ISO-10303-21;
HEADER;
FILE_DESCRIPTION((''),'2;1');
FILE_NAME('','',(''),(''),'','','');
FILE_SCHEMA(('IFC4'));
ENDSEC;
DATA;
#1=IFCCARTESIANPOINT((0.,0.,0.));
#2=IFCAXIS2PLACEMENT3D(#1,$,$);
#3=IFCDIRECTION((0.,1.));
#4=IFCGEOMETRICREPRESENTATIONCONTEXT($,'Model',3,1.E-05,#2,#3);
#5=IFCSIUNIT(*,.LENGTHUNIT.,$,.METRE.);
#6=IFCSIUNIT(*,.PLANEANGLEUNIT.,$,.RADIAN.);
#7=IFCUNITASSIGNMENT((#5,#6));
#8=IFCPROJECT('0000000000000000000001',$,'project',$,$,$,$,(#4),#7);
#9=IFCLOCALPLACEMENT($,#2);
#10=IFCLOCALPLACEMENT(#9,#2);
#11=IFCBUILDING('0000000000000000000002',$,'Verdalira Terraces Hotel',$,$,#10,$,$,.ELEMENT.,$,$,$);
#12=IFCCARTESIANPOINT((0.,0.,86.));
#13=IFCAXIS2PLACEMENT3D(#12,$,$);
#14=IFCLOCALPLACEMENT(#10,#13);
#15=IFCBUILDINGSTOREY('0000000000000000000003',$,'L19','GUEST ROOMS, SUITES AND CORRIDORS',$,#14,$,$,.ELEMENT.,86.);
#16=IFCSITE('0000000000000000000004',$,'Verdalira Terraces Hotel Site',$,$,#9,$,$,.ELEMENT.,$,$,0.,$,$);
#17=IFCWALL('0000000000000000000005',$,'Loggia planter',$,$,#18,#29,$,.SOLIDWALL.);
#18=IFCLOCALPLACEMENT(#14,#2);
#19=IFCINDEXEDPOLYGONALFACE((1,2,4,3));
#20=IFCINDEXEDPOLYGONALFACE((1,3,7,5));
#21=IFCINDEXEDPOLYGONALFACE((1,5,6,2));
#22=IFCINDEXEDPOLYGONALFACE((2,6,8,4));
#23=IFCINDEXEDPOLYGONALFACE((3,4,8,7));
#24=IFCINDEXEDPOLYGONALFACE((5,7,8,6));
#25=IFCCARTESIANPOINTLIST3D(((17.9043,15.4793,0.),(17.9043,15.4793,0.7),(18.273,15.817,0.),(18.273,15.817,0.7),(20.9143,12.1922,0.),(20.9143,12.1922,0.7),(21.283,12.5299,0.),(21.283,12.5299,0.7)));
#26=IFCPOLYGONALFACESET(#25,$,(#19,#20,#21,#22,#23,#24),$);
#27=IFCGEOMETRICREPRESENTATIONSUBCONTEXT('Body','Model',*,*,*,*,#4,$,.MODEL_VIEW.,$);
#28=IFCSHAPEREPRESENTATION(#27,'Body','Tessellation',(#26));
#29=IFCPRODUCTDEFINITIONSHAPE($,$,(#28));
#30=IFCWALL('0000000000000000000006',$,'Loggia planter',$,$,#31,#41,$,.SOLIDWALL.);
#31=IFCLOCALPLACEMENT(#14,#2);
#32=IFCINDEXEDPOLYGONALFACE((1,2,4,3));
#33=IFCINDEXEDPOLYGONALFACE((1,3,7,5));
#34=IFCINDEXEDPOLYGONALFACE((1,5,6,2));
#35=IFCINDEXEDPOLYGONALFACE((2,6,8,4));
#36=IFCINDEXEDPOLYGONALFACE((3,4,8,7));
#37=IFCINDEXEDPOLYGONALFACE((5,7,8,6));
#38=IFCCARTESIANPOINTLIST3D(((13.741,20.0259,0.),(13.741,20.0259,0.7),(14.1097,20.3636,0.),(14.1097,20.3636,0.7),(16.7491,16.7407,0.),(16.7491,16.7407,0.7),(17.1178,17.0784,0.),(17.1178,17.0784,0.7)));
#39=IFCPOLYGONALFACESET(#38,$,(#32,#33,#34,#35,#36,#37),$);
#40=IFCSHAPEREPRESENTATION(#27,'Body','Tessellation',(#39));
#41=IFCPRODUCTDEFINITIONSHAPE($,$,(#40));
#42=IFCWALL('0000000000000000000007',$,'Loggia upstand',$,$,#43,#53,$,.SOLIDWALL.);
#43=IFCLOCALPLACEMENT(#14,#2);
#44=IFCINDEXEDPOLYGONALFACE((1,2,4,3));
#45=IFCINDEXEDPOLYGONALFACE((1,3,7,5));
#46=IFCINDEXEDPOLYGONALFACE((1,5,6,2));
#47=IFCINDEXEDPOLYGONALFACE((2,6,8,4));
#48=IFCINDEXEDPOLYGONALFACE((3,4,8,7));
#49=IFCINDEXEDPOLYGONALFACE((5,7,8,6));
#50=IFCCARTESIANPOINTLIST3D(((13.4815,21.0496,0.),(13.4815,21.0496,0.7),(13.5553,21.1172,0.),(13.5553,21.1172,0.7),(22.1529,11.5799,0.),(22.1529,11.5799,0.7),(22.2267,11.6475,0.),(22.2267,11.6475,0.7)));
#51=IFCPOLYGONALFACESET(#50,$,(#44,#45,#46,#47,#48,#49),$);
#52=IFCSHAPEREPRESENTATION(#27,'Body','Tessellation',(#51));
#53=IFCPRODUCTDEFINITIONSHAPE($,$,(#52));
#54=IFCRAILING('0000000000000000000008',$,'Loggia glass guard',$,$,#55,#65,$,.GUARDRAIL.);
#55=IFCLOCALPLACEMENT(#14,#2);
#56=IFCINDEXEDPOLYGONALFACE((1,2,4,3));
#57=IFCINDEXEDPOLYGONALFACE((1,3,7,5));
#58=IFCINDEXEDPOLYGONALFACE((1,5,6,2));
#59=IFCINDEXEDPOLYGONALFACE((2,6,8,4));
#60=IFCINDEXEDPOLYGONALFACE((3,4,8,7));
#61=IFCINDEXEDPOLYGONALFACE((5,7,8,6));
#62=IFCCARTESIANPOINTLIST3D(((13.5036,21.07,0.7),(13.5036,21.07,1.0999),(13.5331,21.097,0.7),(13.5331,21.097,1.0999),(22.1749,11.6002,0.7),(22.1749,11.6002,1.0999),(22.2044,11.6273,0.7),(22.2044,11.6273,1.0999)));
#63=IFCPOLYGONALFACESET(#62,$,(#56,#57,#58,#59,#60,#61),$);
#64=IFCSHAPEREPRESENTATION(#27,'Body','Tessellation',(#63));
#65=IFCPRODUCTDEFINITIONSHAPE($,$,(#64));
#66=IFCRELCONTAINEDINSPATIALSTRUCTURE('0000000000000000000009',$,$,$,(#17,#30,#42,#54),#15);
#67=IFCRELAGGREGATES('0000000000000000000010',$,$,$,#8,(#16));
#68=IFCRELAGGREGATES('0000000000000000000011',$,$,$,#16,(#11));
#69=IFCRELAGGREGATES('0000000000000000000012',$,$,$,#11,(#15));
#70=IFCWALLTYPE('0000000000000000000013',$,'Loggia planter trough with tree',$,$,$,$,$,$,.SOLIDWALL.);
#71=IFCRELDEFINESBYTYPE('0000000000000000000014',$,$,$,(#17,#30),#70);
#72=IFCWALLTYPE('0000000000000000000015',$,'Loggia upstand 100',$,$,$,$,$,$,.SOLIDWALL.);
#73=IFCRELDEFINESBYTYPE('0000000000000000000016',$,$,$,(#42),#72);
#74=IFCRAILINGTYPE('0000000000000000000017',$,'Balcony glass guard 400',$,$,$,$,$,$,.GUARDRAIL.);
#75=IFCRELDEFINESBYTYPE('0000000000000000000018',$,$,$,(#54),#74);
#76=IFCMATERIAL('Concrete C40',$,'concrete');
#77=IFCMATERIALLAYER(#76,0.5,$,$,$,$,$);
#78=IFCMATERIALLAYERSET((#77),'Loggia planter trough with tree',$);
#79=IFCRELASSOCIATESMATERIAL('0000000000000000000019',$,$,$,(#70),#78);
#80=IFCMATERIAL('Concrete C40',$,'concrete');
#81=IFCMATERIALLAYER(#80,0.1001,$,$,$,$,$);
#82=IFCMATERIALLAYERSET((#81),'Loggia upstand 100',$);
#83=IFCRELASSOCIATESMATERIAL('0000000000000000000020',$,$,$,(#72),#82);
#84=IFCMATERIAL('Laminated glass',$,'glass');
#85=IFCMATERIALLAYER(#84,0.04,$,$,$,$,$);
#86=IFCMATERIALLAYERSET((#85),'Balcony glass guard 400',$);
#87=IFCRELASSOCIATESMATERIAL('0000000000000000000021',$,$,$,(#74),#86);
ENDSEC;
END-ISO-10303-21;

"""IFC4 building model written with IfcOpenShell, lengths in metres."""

from ifc_helpers import new_model, si_unit, direction, frame, frame_2d, origin, origin_2d, place, context, subcontext, project, spatial, rectangle, extrude, material, layer, layer_set, type_object, element, save


model = new_model("IFC4")

# Units and contexts
model_context = context("Model", 3, precision=1e-05, world=origin(), true_north=direction((0.0, 1.0)))
body_context = subcontext(model_context, "Body", "Model", "MODEL_VIEW")
ifc_project = project(units=[si_unit("LENGTHUNIT", "METRE"), si_unit("PLANEANGLEUNIT", "RADIAN")], contexts=[model_context])

# Site, building, storey
site_placement = place(None, origin())
site = spatial("IfcSite", under=ifc_project, at=site_placement, Name="Verdalira Terraces Hotel Site", CompositionType="ELEMENT", RefElevation=0.0)
building_placement = place(site_placement, origin())
building = spatial("IfcBuilding", under=site, at=building_placement, Name="Verdalira Terraces Hotel", CompositionType="ELEMENT")
storey_placement = place(building_placement, frame((0.0, 0.0, 86.0)))
storey = spatial("IfcBuildingStorey", under=building, at=storey_placement, Name="L19", Description="GUEST ROOMS, SUITES AND CORRIDORS", CompositionType="ELEMENT", Elevation=86.0)

# Walls
ifc_material_1 = material(Name="Concrete C40", Category="concrete")
ifc_layer_1 = layer(ifc_material_1, 0.5)
ifc_layer_set_1 = layer_set([ifc_layer_1], Name="Loggia planter trough with tree")
wall_type_1 = type_object("IfcWallType", Name="Loggia planter trough with tree", PredefinedType="SOLIDWALL", material=ifc_layer_set_1)
wall_1_placement = place(storey_placement, frame((21.0986, 12.3611, 0.0), z_axis=(0.0, 0.0, 1.0), x_axis=(-0.675338, 0.737509, 0.0)))
element("IfcWall", 1, at=wall_1_placement, inside=storey, type_object=wall_type_1, Name="Loggia planter", PredefinedType="SOLIDWALL", context=body_context, shape_type="SweptSolid", body=[
    extrude(rectangle(XDim=4.457, YDim=0.5, at=frame_2d((2.2285, 0.0))), origin(), (0.0, 0.0, 1.0), 0.7),
])
wall_2_placement = place(storey_placement, frame((16.9334, 16.9097, 0.0), z_axis=(0.0, 0.0, 1.0), x_axis=(-0.675317, 0.737527, 0.0)))
element("IfcWall", 2, at=wall_2_placement, inside=storey, type_object=wall_type_1, Name="Loggia planter", PredefinedType="SOLIDWALL", context=body_context, shape_type="SweptSolid", body=[
    extrude(rectangle(XDim=4.4543, YDim=0.5, at=frame_2d((2.2271, 0.0))), origin(), (0.0, 0.0, 1.0), 0.7),
])
ifc_material_2 = material(Name="Concrete C40", Category="concrete")
ifc_layer_2 = layer(ifc_material_2, 0.1001)
ifc_layer_set_2 = layer_set([ifc_layer_2], Name="Loggia upstand 100")
wall_type_2 = type_object("IfcWallType", Name="Loggia upstand 100", PredefinedType="SOLIDWALL", material=ifc_layer_set_2)
wall_3_placement = place(storey_placement, frame((22.1897, 11.6138, 0.0), z_axis=(0.0, 0.0, 1.0), x_axis=(-0.675335, 0.737511, 0.0)))
element("IfcWall", 3, at=wall_3_placement, inside=storey, type_object=wall_type_2, Name="Loggia upstand", PredefinedType="SOLIDWALL", context=body_context, shape_type="SweptSolid", body=[
    extrude(rectangle(XDim=12.8401, YDim=0.1001, at=frame_2d((6.4199, 0.0))), origin(), (0.0, 0.0, 1.0), 0.7),
])

# Railing
ifc_material_3 = material(Name="Laminated glass", Category="glass")
ifc_layer_3 = layer(ifc_material_3, 0.04)
ifc_layer_set_3 = layer_set([ifc_layer_3], Name="Balcony glass guard 400")
railing_type_1 = type_object("IfcRailingType", Name="Balcony glass guard 400", PredefinedType="GUARDRAIL", material=ifc_layer_set_3)
railing_1_placement = place(storey_placement, frame((17.854, 16.3486, 0.7), z_axis=(0.0, 0.0, 1.0), x_axis=(-0.675333, 0.737513, 0.0)))
element("IfcRailing", 4, at=railing_1_placement, inside=storey, type_object=railing_type_1, Name="Loggia glass guard", PredefinedType="GUARDRAIL", context=body_context, shape_type="SweptSolid", body=[
    extrude(rectangle(XDim=12.8401, YDim=0.04, at=origin_2d()), origin(), (0.0, 0.0, 1.0), 0.3999),
])

save(model, "model.ifc")
